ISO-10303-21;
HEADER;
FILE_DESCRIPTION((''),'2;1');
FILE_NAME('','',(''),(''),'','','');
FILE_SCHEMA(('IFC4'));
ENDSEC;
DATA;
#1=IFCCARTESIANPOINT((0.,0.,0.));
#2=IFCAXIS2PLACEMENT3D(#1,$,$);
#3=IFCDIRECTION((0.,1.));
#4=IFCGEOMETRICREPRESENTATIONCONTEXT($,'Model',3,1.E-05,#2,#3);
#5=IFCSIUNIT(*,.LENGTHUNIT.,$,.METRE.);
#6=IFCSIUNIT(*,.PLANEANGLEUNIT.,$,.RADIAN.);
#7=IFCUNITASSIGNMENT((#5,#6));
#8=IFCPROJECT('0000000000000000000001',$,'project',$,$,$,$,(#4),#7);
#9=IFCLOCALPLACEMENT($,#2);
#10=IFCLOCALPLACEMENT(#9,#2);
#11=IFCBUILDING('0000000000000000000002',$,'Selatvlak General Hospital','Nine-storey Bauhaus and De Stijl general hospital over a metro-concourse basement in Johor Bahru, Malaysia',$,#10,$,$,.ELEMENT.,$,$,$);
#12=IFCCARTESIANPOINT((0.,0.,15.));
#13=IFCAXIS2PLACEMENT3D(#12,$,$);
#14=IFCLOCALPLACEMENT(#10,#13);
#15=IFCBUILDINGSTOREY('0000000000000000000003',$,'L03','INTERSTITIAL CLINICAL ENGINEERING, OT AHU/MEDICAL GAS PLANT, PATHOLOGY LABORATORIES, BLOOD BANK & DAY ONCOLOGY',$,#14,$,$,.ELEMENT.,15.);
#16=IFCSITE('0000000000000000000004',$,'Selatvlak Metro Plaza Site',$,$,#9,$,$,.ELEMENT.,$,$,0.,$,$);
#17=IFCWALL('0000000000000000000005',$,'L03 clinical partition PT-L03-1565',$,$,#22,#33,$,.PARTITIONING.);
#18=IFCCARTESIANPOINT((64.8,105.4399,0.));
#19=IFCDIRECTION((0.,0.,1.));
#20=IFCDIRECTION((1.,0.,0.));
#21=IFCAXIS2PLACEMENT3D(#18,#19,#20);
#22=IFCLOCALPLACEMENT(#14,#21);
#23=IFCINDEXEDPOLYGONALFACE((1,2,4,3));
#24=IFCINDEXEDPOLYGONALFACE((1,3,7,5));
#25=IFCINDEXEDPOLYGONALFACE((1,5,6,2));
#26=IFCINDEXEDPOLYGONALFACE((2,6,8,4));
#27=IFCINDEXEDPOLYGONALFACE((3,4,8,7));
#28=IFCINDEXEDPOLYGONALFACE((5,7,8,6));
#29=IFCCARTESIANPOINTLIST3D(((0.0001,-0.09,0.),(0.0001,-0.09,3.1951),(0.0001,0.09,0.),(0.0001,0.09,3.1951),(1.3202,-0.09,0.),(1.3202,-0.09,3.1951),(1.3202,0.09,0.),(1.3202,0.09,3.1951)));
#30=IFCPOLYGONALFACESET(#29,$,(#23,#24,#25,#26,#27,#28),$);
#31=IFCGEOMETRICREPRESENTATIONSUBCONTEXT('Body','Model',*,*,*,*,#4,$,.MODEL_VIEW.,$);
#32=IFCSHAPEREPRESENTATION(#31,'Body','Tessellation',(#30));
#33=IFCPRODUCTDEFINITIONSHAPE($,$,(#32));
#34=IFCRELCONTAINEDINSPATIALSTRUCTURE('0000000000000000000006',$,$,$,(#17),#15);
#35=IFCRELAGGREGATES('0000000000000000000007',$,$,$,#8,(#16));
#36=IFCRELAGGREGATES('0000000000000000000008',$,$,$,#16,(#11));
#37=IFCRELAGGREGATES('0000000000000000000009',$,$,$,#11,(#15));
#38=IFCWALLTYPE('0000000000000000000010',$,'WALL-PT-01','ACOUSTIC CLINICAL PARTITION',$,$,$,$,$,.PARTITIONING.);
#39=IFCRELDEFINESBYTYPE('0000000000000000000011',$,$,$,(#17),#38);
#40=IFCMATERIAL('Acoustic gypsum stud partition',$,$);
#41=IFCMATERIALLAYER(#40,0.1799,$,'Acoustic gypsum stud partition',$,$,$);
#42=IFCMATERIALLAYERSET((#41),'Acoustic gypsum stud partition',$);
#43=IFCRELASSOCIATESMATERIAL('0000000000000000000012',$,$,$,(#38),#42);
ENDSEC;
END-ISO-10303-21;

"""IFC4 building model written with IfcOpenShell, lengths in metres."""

from ifc_helpers import new_model, si_unit, direction, frame, frame_2d, origin, place, context, subcontext, project, spatial, rectangle, extrude, material, layer, layer_set, type_object, element, save


model = new_model("IFC4")

# Units and contexts
model_context = context("Model", 3, precision=1e-05, world=origin(), true_north=direction((0.0, 1.0)))
body_context = subcontext(model_context, "Body", "Model", "MODEL_VIEW")
ifc_project = project(units=[si_unit("LENGTHUNIT", "METRE"), si_unit("PLANEANGLEUNIT", "RADIAN")], contexts=[model_context])

# Site, building, storey
site_placement = place(None, origin())
site = spatial("IfcSite", under=ifc_project, at=site_placement, Name="Selatvlak Metro Plaza Site", CompositionType="ELEMENT", RefElevation=0.0)
building_placement = place(site_placement, origin())
building = spatial("IfcBuilding", under=site, at=building_placement, Name="Selatvlak General Hospital", Description="Nine-storey Bauhaus and De Stijl general hospital over a metro-concourse basement in Johor Bahru, Malaysia", CompositionType="ELEMENT")
storey_placement = place(building_placement, frame((0.0, 0.0, 15.0)))
storey = spatial("IfcBuildingStorey", under=building, at=storey_placement, Name="L03", Description="INTERSTITIAL CLINICAL ENGINEERING, OT AHU/MEDICAL GAS PLANT, PATHOLOGY LABORATORIES, BLOOD BANK & DAY ONCOLOGY", CompositionType="ELEMENT", Elevation=15.0)

# Wall
ifc_material_1 = material(Name="Acoustic gypsum stud partition")
ifc_layer_1 = layer(ifc_material_1, 0.1799, Name="Acoustic gypsum stud partition")
ifc_layer_set_1 = layer_set([ifc_layer_1], Name="Acoustic gypsum stud partition")
wall_type_1 = type_object("IfcWallType", Name="WALL-PT-01", Description="ACOUSTIC CLINICAL PARTITION", PredefinedType="PARTITIONING", material=ifc_layer_set_1)
wall_1_placement = place(storey_placement, frame((64.8, 105.4399, 0.0), z_axis=(0.0, 0.0, 1.0), x_axis=(1.0, 0.0, 0.0)))
element("IfcWall", 1, at=wall_1_placement, inside=storey, type_object=wall_type_1, Name="L03 clinical partition PT-L03-1565", PredefinedType="PARTITIONING", context=body_context, shape_type="SweptSolid", body=[
    extrude(rectangle(XDim=1.3201, YDim=0.1799, at=frame_2d((0.6602, 0.0))), origin(), (0.0, 0.0, 1.0), 3.1951),
])

save(model, "model.ifc")
